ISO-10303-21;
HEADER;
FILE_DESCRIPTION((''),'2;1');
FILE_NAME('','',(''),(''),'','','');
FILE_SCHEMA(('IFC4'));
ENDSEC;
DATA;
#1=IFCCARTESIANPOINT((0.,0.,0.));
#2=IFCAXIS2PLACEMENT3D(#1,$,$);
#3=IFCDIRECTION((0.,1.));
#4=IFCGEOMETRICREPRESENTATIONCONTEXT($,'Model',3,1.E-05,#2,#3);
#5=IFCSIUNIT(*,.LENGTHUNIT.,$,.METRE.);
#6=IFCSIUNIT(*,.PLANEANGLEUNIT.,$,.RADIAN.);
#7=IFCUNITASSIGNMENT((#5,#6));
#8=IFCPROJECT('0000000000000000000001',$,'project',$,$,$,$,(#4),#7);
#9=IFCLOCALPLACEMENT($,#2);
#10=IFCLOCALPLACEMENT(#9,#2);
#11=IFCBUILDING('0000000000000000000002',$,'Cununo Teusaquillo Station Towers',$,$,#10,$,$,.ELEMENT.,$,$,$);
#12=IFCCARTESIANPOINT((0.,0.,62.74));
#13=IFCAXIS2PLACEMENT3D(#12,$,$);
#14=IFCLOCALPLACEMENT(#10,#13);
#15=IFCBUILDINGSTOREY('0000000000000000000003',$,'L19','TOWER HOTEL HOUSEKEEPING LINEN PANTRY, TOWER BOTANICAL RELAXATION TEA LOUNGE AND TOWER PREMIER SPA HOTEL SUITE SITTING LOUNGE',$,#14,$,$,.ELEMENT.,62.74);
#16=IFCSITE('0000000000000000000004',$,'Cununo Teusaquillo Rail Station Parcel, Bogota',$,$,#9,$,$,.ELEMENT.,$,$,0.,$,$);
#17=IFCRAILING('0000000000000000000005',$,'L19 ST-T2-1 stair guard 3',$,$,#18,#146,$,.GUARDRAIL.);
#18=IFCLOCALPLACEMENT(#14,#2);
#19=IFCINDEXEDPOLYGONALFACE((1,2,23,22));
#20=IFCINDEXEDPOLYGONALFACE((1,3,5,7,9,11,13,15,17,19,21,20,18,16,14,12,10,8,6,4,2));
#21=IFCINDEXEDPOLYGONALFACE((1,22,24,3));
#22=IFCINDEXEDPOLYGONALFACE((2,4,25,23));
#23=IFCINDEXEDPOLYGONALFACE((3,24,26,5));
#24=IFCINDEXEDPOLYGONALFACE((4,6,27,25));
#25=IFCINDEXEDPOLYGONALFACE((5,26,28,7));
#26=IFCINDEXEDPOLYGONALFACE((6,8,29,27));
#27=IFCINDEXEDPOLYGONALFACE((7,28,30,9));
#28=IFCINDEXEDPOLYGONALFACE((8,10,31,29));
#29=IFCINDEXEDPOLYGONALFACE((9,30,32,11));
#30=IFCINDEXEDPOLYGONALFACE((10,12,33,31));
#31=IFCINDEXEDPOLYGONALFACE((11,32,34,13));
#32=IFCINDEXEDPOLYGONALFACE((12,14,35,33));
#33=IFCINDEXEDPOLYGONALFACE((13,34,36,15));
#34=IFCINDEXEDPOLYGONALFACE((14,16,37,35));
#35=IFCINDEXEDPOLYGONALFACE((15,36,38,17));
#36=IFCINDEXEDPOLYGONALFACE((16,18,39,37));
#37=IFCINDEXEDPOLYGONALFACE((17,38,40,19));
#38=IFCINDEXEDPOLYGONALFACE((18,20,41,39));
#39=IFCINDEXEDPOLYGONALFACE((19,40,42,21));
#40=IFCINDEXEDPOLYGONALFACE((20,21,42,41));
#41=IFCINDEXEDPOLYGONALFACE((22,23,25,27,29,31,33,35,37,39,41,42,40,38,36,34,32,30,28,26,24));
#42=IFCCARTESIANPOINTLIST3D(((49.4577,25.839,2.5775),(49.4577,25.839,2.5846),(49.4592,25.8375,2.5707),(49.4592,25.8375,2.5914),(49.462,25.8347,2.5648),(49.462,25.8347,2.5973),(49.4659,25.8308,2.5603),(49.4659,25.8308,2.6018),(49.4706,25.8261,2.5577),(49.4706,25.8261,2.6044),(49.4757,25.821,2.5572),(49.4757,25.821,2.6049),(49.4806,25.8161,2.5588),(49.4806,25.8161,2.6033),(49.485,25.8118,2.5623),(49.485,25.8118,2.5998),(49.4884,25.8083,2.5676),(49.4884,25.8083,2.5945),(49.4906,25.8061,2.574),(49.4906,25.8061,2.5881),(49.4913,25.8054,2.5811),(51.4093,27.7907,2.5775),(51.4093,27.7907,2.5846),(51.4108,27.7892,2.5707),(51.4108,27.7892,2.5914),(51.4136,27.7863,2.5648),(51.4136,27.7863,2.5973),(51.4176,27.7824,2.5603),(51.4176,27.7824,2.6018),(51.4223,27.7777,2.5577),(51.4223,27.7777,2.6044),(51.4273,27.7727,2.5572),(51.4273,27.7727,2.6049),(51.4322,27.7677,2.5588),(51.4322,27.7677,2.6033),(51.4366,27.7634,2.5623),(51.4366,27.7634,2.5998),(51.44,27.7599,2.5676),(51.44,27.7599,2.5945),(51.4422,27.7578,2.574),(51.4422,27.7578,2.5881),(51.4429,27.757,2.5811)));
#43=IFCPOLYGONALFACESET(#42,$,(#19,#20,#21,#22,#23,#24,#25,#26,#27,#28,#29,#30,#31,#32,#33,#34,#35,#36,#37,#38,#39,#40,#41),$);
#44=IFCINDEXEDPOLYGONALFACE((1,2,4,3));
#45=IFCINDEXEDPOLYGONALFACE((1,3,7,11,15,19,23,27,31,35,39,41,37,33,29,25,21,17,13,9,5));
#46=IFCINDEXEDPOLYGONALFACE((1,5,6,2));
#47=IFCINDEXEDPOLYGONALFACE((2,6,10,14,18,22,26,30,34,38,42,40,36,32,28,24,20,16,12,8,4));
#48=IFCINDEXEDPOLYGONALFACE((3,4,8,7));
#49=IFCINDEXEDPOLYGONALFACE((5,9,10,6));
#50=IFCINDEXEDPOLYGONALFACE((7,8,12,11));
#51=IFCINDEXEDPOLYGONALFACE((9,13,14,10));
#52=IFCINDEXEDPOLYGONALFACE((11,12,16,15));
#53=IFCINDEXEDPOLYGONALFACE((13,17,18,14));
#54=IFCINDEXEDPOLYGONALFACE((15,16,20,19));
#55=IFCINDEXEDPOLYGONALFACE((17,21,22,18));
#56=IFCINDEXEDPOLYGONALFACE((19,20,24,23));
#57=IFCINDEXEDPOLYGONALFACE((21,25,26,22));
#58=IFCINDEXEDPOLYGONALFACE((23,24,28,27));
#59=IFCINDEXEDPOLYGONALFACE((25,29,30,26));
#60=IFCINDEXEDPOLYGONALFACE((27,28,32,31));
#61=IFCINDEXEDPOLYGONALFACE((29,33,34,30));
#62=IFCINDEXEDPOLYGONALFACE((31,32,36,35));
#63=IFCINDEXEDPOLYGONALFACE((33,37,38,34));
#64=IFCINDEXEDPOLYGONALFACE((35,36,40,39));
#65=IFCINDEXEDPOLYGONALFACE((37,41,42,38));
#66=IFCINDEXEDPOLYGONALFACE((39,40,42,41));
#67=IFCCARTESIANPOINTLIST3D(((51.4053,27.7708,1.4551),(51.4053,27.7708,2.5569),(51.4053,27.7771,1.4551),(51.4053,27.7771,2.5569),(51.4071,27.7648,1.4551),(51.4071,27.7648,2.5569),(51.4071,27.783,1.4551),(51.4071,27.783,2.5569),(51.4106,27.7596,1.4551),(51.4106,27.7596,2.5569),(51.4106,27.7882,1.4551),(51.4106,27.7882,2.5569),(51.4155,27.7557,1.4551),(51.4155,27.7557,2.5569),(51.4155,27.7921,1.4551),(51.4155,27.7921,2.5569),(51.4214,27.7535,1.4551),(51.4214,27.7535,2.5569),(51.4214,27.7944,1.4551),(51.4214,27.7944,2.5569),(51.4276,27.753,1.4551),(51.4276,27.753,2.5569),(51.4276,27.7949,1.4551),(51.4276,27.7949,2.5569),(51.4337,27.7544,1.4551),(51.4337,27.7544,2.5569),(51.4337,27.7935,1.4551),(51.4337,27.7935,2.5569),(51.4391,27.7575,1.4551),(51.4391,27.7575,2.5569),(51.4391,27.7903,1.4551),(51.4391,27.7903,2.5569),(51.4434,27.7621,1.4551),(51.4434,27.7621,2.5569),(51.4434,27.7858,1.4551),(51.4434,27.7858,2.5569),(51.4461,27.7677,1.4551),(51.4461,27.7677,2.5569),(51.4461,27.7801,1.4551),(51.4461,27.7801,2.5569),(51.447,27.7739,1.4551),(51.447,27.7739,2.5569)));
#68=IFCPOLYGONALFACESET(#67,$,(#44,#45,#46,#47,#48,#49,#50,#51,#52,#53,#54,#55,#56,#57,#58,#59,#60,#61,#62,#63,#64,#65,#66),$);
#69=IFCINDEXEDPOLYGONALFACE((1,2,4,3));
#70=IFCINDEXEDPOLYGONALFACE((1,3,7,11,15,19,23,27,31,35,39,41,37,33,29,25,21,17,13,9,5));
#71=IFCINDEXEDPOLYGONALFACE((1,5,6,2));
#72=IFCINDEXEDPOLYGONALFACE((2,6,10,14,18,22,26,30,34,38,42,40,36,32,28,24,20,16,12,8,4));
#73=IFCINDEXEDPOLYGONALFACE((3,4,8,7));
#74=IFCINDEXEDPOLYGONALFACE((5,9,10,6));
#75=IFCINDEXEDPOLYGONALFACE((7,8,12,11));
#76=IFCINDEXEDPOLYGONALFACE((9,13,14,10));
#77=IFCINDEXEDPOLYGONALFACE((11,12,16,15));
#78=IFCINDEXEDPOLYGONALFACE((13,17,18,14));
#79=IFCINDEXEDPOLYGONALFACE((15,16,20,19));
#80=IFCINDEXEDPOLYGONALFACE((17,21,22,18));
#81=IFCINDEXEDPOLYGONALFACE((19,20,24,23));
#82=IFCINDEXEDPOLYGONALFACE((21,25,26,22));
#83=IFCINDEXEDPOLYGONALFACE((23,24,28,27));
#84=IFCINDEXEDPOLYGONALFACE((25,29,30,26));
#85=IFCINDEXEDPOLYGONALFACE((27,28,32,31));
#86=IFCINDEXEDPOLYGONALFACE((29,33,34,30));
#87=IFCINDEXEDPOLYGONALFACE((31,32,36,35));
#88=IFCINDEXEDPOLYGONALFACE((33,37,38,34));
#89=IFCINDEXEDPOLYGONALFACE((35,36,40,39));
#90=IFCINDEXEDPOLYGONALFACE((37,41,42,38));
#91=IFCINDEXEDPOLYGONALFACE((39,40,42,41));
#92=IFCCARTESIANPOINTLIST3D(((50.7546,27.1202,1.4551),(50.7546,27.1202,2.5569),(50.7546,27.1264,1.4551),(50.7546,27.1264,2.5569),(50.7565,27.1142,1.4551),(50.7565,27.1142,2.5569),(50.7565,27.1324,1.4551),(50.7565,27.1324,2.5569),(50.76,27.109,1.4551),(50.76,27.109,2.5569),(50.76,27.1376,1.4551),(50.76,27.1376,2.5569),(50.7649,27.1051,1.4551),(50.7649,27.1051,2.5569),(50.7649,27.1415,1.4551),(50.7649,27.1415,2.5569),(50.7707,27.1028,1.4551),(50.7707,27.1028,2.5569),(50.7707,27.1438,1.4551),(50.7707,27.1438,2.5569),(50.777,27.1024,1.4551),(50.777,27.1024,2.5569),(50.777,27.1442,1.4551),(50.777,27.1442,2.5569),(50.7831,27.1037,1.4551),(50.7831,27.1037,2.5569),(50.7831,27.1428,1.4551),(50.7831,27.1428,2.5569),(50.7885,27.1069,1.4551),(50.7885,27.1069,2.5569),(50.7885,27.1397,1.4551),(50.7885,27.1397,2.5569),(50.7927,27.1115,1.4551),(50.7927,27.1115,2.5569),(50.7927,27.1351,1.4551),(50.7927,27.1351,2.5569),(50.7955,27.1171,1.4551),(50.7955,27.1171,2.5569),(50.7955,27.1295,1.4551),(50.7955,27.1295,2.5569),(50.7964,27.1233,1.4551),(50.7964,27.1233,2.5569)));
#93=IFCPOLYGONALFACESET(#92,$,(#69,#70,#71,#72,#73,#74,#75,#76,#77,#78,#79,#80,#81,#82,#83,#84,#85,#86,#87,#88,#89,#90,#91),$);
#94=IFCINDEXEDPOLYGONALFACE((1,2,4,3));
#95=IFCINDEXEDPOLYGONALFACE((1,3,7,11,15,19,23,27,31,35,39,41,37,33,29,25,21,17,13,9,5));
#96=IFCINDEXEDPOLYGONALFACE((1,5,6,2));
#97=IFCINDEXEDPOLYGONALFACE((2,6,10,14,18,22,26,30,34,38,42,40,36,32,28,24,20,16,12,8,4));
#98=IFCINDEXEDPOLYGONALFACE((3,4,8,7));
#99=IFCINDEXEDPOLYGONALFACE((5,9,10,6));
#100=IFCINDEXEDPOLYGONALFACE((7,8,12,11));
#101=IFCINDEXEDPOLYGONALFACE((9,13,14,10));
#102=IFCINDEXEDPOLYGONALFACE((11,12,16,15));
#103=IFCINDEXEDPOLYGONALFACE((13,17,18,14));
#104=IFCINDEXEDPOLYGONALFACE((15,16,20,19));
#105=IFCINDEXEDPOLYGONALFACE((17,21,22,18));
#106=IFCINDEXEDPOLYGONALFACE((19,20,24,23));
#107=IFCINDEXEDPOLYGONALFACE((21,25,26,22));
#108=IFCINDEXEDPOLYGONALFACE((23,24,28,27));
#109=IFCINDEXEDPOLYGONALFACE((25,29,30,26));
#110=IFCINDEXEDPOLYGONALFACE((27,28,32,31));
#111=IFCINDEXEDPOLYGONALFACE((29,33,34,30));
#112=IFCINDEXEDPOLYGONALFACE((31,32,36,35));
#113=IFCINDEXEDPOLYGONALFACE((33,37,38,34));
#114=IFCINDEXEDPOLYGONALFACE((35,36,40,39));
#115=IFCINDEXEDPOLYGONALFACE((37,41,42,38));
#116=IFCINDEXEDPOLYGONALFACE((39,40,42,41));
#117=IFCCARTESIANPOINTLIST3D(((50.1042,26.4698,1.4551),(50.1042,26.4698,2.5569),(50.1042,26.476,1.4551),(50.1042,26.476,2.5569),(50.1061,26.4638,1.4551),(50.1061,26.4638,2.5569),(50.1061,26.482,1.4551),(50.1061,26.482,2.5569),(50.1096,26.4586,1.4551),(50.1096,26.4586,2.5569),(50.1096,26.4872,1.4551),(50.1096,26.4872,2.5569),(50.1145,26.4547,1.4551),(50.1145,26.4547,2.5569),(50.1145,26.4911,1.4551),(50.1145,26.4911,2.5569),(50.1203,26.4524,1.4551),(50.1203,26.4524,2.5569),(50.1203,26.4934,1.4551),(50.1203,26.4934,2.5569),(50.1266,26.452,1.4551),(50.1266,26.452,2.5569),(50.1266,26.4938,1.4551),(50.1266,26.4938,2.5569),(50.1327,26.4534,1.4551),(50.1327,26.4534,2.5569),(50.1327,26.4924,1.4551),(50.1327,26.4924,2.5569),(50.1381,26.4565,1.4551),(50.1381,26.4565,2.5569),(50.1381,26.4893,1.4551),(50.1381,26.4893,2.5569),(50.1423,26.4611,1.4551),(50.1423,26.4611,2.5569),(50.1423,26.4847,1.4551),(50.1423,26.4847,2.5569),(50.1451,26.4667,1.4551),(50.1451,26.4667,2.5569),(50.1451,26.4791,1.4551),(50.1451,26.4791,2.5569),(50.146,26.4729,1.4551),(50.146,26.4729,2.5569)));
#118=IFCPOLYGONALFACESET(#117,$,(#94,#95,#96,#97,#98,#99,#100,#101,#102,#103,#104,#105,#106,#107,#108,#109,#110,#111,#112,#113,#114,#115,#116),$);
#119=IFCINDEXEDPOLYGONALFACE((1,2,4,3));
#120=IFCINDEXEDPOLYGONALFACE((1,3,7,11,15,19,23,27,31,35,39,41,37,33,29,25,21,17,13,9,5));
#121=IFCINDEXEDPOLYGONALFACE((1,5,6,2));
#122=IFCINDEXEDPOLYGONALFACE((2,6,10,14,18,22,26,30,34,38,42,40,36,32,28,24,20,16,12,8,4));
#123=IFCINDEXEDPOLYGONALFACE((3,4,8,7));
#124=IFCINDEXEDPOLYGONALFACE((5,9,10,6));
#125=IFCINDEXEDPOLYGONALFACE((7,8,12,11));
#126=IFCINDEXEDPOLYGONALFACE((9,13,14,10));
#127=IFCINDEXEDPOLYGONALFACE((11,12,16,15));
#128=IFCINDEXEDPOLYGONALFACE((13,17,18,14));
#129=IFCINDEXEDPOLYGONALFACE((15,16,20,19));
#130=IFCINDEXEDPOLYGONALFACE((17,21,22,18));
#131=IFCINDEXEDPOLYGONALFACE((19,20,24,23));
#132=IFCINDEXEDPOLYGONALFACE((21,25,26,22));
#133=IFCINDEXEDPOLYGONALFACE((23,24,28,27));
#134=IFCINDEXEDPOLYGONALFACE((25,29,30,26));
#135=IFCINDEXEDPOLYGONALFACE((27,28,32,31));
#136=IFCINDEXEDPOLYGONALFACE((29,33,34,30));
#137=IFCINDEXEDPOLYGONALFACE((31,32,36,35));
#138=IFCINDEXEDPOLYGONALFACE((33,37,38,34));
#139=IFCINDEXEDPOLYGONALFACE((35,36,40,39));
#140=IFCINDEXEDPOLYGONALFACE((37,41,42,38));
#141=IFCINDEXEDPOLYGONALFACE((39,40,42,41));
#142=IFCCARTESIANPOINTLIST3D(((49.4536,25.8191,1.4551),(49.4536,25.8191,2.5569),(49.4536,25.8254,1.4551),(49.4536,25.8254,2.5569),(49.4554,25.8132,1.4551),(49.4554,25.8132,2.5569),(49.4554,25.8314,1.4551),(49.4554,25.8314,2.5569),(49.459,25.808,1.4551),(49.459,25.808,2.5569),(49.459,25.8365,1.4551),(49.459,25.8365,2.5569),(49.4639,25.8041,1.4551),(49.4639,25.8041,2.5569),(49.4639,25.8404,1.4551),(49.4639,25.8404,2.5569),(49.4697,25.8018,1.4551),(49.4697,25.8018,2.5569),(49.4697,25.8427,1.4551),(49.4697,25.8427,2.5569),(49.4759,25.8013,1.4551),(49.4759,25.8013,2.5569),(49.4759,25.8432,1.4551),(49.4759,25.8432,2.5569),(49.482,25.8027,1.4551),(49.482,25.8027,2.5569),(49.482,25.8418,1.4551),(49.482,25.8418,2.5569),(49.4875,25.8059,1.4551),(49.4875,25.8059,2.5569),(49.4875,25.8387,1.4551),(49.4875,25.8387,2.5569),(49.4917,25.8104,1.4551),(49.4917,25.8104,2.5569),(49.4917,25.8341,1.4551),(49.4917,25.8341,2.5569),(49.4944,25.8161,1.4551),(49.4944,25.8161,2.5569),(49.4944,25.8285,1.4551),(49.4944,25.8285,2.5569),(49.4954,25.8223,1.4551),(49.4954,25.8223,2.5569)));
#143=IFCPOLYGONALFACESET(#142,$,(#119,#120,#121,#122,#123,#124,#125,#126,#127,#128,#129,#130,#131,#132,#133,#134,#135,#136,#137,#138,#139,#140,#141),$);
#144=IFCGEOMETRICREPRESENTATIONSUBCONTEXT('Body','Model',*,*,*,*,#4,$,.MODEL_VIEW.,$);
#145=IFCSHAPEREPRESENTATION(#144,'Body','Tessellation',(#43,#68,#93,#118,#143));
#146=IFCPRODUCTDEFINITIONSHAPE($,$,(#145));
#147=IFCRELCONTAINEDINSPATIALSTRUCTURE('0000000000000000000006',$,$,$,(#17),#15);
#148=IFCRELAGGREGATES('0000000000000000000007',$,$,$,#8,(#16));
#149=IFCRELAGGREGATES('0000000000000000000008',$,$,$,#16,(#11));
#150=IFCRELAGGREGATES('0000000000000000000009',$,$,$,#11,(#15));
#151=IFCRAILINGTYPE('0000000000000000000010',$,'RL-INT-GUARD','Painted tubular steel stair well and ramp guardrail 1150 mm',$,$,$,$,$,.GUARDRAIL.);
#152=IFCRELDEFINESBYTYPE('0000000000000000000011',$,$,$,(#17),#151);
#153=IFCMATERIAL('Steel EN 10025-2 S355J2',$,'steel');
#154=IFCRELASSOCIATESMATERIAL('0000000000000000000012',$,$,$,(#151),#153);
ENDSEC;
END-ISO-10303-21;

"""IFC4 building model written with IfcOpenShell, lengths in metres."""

from ifc_helpers import new_model, si_unit, direction, frame, origin, origin_2d, place, context, subcontext, project, spatial, circle, extrude, material, type_object, element, save


model = new_model("IFC4")

# Units and contexts
model_context = context("Model", 3, precision=1e-05, world=origin(), true_north=direction((0.0, 1.0)))
body_context = subcontext(model_context, "Body", "Model", "MODEL_VIEW")
ifc_project = project(units=[si_unit("LENGTHUNIT", "METRE"), si_unit("PLANEANGLEUNIT", "RADIAN")], contexts=[model_context])

# Site, building, storey
site_placement = place(None, origin())
site = spatial("IfcSite", under=ifc_project, at=site_placement, Name="Cununo Teusaquillo Rail Station Parcel, Bogota", CompositionType="ELEMENT", RefElevation=0.0)
building_placement = place(site_placement, origin())
building = spatial("IfcBuilding", under=site, at=building_placement, Name="Cununo Teusaquillo Station Towers", CompositionType="ELEMENT")
storey_placement = place(building_placement, frame((0.0, 0.0, 62.74)))
storey = spatial("IfcBuildingStorey", under=building, at=storey_placement, Name="L19", Description="TOWER HOTEL HOUSEKEEPING LINEN PANTRY, TOWER BOTANICAL RELAXATION TEA LOUNGE AND TOWER PREMIER SPA HOTEL SUITE SITTING LOUNGE", CompositionType="ELEMENT", Elevation=62.74)

# Railing
ifc_material_1 = material(Name="Steel EN 10025-2 S355J2", Category="steel")
railing_type = type_object("IfcRailingType", Name="RL-INT-GUARD", Description="Painted tubular steel stair well and ramp guardrail 1150 mm", PredefinedType="GUARDRAIL", material=ifc_material_1)
railing_1_placement = place(storey_placement, frame((51.426, 27.7739, 1.4551)))
element("IfcRailing", 1, at=railing_1_placement, inside=storey, type_object=railing_type, Name="L19 ST-T2-1 stair guard 3", PredefinedType="GUARDRAIL", context=body_context, shape_type="SweptSolid", body=[
    extrude(circle(Radius=0.0239, at=origin_2d()), frame((0.0, 0.0, 1.126), z_axis=(-0.707107, -0.707107, 0.0), x_axis=(0.707107, -0.707107, 0.0)), (0.0, 0.0, 1.0), 2.76),
    extrude(circle(Radius=0.021, at=origin_2d()), origin(), (0.0, 0.0, 1.0), 1.1018),
    extrude(circle(Radius=0.021, at=origin_2d()), frame((-0.6506, -0.6506, 0.0)), (0.0, 0.0, 1.0), 1.1018),
    extrude(circle(Radius=0.021, at=origin_2d()), frame((-1.301, -1.301, 0.0)), (0.0, 0.0, 1.0), 1.1018),
    extrude(circle(Radius=0.021, at=origin_2d()), frame((-1.9517, -1.9517, 0.0)), (0.0, 0.0, 1.0), 1.1018),
])

save(model, "model.ifc")
